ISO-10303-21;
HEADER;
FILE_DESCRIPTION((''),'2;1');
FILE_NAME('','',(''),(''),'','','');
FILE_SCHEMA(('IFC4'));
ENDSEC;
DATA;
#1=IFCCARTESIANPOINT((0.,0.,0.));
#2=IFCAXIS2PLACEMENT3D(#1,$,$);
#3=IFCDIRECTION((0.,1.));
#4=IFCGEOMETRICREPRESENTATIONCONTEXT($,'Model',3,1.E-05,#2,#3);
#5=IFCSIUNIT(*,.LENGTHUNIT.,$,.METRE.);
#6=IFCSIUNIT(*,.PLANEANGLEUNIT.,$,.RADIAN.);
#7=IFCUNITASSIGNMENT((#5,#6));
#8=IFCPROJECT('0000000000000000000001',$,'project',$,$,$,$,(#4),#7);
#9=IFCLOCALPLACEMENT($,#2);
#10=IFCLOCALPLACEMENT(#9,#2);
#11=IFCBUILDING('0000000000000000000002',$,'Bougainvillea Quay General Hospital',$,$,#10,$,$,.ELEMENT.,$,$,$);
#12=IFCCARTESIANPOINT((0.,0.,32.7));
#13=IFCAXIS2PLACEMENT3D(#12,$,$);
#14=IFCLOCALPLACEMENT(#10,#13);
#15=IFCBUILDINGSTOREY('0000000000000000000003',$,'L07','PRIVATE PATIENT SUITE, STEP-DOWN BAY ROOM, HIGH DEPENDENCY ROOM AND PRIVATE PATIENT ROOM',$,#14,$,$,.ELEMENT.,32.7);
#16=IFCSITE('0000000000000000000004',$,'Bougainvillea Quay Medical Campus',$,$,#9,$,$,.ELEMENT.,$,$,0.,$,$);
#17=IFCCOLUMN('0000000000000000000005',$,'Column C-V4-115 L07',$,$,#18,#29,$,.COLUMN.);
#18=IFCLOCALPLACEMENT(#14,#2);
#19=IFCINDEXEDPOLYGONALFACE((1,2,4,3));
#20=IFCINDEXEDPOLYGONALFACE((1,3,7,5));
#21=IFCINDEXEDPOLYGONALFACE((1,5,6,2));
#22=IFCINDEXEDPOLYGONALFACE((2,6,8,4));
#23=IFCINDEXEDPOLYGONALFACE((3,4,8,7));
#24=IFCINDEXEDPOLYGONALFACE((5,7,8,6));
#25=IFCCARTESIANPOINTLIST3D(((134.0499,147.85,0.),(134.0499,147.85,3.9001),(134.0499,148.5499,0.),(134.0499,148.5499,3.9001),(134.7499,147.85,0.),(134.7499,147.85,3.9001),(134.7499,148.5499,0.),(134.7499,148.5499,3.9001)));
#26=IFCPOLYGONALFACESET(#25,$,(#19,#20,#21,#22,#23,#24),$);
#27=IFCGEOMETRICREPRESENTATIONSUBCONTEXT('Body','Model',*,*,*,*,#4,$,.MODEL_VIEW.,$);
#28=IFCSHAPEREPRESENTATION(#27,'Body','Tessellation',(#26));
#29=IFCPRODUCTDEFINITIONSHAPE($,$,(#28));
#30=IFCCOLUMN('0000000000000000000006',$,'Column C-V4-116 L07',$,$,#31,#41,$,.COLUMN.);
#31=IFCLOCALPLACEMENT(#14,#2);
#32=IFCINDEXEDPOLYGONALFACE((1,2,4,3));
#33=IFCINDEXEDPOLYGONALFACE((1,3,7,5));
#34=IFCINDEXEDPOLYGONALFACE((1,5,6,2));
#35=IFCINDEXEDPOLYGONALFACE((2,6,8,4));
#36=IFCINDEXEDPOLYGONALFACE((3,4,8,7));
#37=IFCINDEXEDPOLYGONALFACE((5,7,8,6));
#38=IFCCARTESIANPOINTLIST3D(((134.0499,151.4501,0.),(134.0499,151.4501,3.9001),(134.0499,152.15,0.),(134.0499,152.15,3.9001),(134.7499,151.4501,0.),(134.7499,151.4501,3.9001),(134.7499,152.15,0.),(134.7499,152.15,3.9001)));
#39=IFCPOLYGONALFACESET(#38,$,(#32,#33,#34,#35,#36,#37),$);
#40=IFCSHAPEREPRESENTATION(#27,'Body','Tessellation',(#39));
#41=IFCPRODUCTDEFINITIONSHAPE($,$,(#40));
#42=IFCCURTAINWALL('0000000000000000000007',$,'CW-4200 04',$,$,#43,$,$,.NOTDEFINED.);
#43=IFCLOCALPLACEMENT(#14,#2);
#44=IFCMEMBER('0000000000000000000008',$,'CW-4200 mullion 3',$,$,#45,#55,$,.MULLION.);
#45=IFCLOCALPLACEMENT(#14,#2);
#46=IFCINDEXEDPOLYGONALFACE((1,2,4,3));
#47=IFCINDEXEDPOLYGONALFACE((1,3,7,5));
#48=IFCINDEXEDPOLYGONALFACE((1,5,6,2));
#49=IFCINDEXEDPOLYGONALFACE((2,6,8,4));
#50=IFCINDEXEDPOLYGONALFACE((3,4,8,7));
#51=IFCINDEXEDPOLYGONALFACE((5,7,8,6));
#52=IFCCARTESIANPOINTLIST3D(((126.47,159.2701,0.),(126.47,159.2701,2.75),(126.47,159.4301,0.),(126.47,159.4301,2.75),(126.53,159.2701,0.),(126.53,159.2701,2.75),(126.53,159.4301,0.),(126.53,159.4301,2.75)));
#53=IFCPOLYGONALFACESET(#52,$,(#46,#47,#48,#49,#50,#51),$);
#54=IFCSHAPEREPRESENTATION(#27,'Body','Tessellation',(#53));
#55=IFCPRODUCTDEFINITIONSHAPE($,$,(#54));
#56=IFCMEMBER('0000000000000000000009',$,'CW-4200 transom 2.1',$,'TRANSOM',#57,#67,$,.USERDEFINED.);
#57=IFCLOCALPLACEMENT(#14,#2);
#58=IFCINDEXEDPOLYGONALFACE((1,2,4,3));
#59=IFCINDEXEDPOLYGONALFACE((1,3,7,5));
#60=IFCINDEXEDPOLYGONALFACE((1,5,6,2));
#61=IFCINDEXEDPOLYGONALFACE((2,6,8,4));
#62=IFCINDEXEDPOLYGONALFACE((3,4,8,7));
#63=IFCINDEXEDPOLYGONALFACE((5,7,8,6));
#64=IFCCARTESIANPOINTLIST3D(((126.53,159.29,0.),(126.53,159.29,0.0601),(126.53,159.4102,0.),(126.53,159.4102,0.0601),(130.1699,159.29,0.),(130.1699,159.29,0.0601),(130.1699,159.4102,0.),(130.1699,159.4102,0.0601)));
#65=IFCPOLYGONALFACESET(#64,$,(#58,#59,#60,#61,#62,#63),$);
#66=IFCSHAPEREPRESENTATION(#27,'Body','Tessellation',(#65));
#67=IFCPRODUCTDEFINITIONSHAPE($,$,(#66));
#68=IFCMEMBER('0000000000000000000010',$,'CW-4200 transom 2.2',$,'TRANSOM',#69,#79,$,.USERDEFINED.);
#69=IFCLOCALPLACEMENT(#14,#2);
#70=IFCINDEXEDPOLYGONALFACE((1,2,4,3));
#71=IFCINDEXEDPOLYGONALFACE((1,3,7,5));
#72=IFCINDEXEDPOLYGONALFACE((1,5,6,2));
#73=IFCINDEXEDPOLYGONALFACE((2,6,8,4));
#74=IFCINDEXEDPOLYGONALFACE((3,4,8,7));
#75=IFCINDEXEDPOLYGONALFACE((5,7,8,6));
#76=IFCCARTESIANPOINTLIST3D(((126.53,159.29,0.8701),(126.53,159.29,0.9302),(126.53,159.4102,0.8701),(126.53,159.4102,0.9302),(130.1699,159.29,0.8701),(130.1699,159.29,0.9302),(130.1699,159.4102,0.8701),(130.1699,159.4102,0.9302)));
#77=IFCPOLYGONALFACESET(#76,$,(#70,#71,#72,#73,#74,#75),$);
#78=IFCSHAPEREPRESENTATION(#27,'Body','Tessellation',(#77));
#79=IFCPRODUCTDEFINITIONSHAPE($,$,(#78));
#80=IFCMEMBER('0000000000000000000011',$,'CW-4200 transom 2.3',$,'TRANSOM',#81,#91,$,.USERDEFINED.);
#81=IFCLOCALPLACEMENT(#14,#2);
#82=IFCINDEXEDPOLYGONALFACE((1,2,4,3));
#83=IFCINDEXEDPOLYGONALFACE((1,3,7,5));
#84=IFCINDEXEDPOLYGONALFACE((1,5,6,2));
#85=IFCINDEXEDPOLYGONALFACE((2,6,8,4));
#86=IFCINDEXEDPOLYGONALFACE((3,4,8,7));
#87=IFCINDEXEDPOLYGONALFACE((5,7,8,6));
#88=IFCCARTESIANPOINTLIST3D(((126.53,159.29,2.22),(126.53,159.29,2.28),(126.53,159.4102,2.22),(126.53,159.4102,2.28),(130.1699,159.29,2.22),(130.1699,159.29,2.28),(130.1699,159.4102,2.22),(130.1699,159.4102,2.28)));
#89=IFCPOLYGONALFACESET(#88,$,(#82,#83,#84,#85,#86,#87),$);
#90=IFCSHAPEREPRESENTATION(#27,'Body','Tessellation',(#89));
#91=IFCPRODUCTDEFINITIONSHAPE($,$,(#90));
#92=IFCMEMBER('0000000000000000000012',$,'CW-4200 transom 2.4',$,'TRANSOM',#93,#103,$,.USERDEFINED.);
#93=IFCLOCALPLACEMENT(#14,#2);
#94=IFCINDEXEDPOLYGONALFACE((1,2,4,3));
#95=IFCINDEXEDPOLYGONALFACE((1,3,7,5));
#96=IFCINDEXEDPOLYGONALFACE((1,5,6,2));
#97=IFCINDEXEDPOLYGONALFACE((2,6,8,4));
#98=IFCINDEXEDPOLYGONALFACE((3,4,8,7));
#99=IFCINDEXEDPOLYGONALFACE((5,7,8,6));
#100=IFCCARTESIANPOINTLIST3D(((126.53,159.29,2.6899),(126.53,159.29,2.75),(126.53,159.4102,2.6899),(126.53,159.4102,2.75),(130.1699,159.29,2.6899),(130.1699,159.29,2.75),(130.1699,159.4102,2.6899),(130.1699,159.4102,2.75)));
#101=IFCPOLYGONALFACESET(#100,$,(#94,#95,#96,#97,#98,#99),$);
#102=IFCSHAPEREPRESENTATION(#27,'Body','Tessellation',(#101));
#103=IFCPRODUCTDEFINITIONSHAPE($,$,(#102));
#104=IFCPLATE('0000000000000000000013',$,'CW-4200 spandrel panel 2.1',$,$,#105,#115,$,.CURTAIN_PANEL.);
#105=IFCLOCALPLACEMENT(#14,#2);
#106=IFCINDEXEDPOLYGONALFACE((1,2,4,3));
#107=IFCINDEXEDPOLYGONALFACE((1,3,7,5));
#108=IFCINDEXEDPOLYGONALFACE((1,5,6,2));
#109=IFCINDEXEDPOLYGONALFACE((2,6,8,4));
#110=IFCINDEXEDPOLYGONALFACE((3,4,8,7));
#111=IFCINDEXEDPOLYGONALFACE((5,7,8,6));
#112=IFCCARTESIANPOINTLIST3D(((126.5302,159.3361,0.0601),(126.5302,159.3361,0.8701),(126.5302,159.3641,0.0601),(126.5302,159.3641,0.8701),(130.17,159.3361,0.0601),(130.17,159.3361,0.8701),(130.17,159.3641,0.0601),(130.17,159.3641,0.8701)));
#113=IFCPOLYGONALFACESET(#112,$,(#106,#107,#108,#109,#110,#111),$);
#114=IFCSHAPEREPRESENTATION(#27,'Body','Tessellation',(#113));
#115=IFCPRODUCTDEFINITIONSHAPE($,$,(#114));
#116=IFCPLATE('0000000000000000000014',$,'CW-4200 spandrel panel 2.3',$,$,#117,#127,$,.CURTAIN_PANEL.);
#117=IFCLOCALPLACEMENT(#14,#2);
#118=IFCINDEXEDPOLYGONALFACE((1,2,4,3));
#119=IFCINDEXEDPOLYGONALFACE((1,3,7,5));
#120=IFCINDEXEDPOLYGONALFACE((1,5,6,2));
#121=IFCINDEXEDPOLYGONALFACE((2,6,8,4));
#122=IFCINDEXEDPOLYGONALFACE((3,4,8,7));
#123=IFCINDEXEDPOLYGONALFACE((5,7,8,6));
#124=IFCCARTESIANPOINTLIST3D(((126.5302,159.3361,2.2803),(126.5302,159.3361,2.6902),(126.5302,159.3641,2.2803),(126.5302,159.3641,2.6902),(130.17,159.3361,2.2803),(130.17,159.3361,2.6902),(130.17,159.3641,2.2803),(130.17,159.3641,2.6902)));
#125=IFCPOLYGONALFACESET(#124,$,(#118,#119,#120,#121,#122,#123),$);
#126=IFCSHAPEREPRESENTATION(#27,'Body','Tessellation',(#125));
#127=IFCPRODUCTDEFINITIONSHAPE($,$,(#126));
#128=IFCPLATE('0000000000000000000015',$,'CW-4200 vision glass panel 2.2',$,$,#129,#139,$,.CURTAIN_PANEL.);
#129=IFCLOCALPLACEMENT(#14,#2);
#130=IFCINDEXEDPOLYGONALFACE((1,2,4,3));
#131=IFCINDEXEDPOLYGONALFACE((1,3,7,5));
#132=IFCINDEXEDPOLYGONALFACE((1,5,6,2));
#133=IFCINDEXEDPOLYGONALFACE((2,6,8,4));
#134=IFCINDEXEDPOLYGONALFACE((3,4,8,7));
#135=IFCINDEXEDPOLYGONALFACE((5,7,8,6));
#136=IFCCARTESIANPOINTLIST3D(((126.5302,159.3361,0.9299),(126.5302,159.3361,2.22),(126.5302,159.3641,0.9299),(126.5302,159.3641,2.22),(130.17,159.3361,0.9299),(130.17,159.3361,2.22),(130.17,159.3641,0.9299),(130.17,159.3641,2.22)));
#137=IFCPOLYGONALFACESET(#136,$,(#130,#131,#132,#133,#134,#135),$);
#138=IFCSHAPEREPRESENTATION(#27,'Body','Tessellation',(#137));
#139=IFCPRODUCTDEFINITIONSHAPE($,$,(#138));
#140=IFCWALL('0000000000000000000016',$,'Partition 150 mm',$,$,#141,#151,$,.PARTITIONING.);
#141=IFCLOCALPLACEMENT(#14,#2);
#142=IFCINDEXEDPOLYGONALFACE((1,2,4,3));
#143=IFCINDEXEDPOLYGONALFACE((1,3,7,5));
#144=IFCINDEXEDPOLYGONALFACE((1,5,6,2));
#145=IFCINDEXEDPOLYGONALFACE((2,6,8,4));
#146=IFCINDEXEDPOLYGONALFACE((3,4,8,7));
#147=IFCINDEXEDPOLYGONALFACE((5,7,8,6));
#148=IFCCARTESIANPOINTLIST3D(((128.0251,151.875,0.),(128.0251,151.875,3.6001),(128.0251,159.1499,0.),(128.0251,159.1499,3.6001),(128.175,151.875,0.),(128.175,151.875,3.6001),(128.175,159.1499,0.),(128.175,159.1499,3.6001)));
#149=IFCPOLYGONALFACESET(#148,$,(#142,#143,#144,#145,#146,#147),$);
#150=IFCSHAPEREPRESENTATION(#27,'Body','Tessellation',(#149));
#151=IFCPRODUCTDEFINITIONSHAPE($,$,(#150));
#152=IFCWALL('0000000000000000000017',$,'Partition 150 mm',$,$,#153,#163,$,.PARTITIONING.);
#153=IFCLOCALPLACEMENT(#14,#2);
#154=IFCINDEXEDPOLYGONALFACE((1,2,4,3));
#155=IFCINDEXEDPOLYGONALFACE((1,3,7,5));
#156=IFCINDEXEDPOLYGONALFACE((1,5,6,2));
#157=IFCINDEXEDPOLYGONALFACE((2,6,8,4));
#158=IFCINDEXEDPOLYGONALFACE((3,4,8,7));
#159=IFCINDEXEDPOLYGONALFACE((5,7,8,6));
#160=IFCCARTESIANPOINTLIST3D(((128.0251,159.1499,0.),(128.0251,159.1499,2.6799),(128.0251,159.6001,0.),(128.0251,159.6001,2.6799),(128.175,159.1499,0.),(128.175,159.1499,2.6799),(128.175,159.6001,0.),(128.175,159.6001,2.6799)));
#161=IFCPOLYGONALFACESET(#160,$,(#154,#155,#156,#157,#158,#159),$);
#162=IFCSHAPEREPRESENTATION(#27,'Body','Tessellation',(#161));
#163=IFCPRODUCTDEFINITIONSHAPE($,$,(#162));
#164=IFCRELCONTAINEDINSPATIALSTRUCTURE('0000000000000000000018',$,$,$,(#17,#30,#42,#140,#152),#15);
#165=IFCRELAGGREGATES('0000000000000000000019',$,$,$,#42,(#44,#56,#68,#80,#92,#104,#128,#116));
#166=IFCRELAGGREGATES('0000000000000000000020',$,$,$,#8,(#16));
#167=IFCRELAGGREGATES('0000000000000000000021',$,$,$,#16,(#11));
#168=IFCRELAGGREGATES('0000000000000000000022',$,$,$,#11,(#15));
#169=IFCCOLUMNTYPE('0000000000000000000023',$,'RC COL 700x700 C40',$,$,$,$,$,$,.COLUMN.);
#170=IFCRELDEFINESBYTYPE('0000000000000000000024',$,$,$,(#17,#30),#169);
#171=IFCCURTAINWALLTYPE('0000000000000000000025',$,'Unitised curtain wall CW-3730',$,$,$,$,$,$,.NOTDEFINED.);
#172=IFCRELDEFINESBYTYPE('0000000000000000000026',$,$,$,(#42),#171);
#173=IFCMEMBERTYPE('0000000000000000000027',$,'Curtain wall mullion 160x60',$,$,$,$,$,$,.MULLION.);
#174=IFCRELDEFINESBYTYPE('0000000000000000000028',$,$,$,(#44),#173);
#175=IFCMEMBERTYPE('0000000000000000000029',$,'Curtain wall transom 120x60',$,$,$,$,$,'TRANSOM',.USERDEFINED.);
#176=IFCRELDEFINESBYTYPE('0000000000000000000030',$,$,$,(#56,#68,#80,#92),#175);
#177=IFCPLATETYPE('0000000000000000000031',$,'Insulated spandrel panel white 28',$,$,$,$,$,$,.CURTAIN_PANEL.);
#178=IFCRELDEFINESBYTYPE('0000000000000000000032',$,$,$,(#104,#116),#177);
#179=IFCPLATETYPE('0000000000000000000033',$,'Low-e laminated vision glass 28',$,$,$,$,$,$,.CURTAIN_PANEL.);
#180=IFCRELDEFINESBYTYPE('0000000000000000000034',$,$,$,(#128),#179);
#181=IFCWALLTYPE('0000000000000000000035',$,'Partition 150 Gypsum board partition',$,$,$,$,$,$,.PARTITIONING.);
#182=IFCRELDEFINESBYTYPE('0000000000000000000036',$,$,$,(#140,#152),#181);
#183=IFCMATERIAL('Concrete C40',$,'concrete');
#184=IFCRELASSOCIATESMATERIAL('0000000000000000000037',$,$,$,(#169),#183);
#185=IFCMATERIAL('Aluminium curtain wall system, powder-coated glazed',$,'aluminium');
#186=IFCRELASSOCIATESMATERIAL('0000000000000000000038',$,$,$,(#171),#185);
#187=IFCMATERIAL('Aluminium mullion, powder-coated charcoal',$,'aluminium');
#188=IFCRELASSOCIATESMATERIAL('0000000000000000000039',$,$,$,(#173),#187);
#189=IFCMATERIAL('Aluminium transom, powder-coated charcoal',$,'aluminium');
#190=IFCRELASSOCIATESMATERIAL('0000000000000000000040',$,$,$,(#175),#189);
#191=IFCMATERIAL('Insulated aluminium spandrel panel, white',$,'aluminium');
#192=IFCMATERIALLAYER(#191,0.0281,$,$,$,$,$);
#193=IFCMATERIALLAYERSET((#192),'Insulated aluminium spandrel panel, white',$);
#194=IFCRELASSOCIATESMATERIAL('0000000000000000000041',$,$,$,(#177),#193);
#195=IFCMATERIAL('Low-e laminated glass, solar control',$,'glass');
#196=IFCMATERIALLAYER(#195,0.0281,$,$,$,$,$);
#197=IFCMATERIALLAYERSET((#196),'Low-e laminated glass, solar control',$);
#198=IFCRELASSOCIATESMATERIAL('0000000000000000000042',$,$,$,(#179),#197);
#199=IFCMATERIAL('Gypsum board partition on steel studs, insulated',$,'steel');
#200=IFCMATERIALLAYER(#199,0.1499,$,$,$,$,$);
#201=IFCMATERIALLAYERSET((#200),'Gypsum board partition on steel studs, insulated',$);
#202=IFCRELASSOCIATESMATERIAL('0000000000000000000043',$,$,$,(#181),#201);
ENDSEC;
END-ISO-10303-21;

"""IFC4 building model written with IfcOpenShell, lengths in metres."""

from ifc_helpers import new_model, si_unit, direction, frame, frame_2d, origin, origin_2d, place, context, subcontext, project, spatial, rectangle, extrude, material, layer, layer_set, material_profile, profile_set, type_object, element, aggregate, save


model = new_model("IFC4")

# Units and contexts
model_context = context("Model", 3, precision=1e-05, world=origin(), true_north=direction((0.0, 1.0)))
body_context = subcontext(model_context, "Body", "Model", "MODEL_VIEW")
ifc_project = project(units=[si_unit("LENGTHUNIT", "METRE"), si_unit("PLANEANGLEUNIT", "RADIAN")], contexts=[model_context])

# Site, building, storey
site_placement = place(None, origin())
site = spatial("IfcSite", under=ifc_project, at=site_placement, Name="Bougainvillea Quay Medical Campus", CompositionType="ELEMENT", RefElevation=0.0)
building_placement = place(site_placement, origin())
building = spatial("IfcBuilding", under=site, at=building_placement, Name="Bougainvillea Quay General Hospital", CompositionType="ELEMENT")
storey_placement = place(building_placement, frame((0.0, 0.0, 32.7)))
storey = spatial("IfcBuildingStorey", under=building, at=storey_placement, Name="L07", Description="PRIVATE PATIENT SUITE, STEP-DOWN BAY ROOM, HIGH DEPENDENCY ROOM AND PRIVATE PATIENT ROOM", CompositionType="ELEMENT", Elevation=32.7)

# Columns
ifc_material_1 = material(Name="Concrete C40", Category="concrete")
ifc_material_profile_1 = material_profile(ifc_material_1, rectangle(XDim=0.7, YDim=0.7, at=origin_2d()))
ifc_profile_set_1 = profile_set([ifc_material_profile_1], Name="Concrete C40")
column_type = type_object("IfcColumnType", Name="RC COL 700x700 C40", PredefinedType="COLUMN", material=ifc_profile_set_1)
for number, where, z_axis, x_axis, name in (
    (1, (134.3999, 148.2, 0.0), (0.0, 0.0, 1.0), (1.0, 0.0, 0.0), "Column C-V4-115 L07"),
    (2, (134.3999, 151.8, 0.0), (0.0, 0.0, 1.0), (1.0, 0.0, 0.0), "Column C-V4-116 L07"),
):
    element("IfcColumn", number, at=place(storey_placement, frame(where, z_axis=z_axis, x_axis=x_axis)), inside=storey, type_object=column_type, Name=name, PredefinedType="COLUMN", context=body_context, shape_type="SweptSolid", body=[
        extrude(rectangle(XDim=0.7, YDim=0.7, at=origin_2d()), origin(), (0.0, 0.0, 1.0), 3.9001),
    ])

# Curtain wall, members, plates
ifc_material_2 = material(Name="Aluminium curtain wall system, powder-coated glazed", Category="aluminium")
curtain_wall_type = type_object("IfcCurtainWallType", Name="Unitised curtain wall CW-3730", PredefinedType="NOTDEFINED", material=ifc_material_2)
curtain_wall_placement = place(storey_placement, origin())
curtain_wall = element("IfcCurtainWall", 3, at=curtain_wall_placement, inside=storey, type_object=curtain_wall_type, Name="CW-4200 04", PredefinedType="NOTDEFINED")
ifc_material_3 = material(Name="Aluminium mullion, powder-coated charcoal", Category="aluminium")
ifc_material_profile_2 = material_profile(ifc_material_3, rectangle(XDim=0.1599, YDim=0.0601, at=origin_2d()))
ifc_profile_set_2 = profile_set([ifc_material_profile_2], Name="Aluminium mullion, powder-coated charcoal")
member_type_1 = type_object("IfcMemberType", Name="Curtain wall mullion 160x60", PredefinedType="MULLION", material=ifc_profile_set_2)
member_1_placement = place(storey_placement, frame((126.5, 159.3501, 0.0), z_axis=(0.0, 0.0, 1.0), x_axis=(0.0, -1.0, 0.0)))
member_1 = element("IfcMember", 4, at=member_1_placement, type_object=member_type_1, Name="CW-4200 mullion 3", PredefinedType="MULLION", context=body_context, shape_type="SweptSolid", body=[
    extrude(rectangle(XDim=0.1599, YDim=0.0601, at=origin_2d()), origin(), (0.0, 0.0, 1.0), 2.75),
])
ifc_material_4 = material(Name="Aluminium transom, powder-coated charcoal", Category="aluminium")
ifc_material_profile_3 = material_profile(ifc_material_4, rectangle(XDim=0.1201, YDim=0.0601, at=origin_2d()))
ifc_profile_set_3 = profile_set([ifc_material_profile_3], Name="Aluminium transom, powder-coated charcoal")
member_type_2 = type_object("IfcMemberType", Name="Curtain wall transom 120x60", ElementType="TRANSOM", PredefinedType="USERDEFINED", material=ifc_profile_set_3)
member_2_placement = place(storey_placement, frame((130.1699, 159.3501, 0.03), z_axis=(-1.0, 0.0, 0.0), x_axis=(0.0, -1.0, 0.0)))
member_2 = element("IfcMember", 5, at=member_2_placement, type_object=member_type_2, Name="CW-4200 transom 2.1", ObjectType="TRANSOM", PredefinedType="USERDEFINED", context=body_context, shape_type="SweptSolid", body=[
    extrude(rectangle(XDim=0.1201, YDim=0.0601, at=origin_2d()), origin(), (0.0, 0.0, 1.0), 3.6399),
])
member_3_placement = place(storey_placement, frame((130.1699, 159.3501, 0.9001), z_axis=(-1.0, 0.0, 0.0), x_axis=(0.0, -1.0, 0.0)))
member_3 = element("IfcMember", 6, at=member_3_placement, type_object=member_type_2, Name="CW-4200 transom 2.2", ObjectType="TRANSOM", PredefinedType="USERDEFINED", context=body_context, shape_type="SweptSolid", body=[
    extrude(rectangle(XDim=0.1201, YDim=0.0601, at=origin_2d()), origin(), (0.0, 0.0, 1.0), 3.6399),
])
member_4_placement = place(storey_placement, frame((130.1699, 159.3501, 2.25), z_axis=(-1.0, 0.0, 0.0), x_axis=(0.0, -1.0, 0.0)))
member_4 = element("IfcMember", 7, at=member_4_placement, type_object=member_type_2, Name="CW-4200 transom 2.3", ObjectType="TRANSOM", PredefinedType="USERDEFINED", context=body_context, shape_type="SweptSolid", body=[
    extrude(rectangle(XDim=0.1201, YDim=0.0601, at=origin_2d()), origin(), (0.0, 0.0, 1.0), 3.6399),
])
member_5_placement = place(storey_placement, frame((130.1699, 159.3501, 2.72), z_axis=(-1.0, 0.0, 0.0), x_axis=(0.0, -1.0, 0.0)))
member_5 = element("IfcMember", 8, at=member_5_placement, type_object=member_type_2, Name="CW-4200 transom 2.4", ObjectType="TRANSOM", PredefinedType="USERDEFINED", context=body_context, shape_type="SweptSolid", body=[
    extrude(rectangle(XDim=0.1201, YDim=0.0601, at=origin_2d()), origin(), (0.0, 0.0, 1.0), 3.6399),
])
ifc_material_5 = material(Name="Insulated aluminium spandrel panel, white", Category="aluminium")
ifc_layer_1 = layer(ifc_material_5, 0.0281)
ifc_layer_set_1 = layer_set([ifc_layer_1], Name="Insulated aluminium spandrel panel, white")
plate_type_1 = type_object("IfcPlateType", Name="Insulated spandrel panel white 28", PredefinedType="CURTAIN_PANEL", material=ifc_layer_set_1)
plate_1_placement = place(storey_placement, frame((128.3501, 159.3501, 0.0601), z_axis=(0.0, 0.0, 1.0), x_axis=(-1.0, 0.0, 0.0)))
plate_1 = element("IfcPlate", 9, at=plate_1_placement, type_object=plate_type_1, Name="CW-4200 spandrel panel 2.1", PredefinedType="CURTAIN_PANEL", context=body_context, shape_type="SweptSolid", body=[
    extrude(rectangle(XDim=3.6399, YDim=0.0281, at=origin_2d()), origin(), (0.0, 0.0, 1.0), 0.8101),
])
plate_2_placement = place(storey_placement, frame((128.3501, 159.3501, 2.2803), z_axis=(0.0, 0.0, 1.0), x_axis=(-1.0, 0.0, 0.0)))
plate_2 = element("IfcPlate", 10, at=plate_2_placement, type_object=plate_type_1, Name="CW-4200 spandrel panel 2.3", PredefinedType="CURTAIN_PANEL", context=body_context, shape_type="SweptSolid", body=[
    extrude(rectangle(XDim=3.6399, YDim=0.0281, at=origin_2d()), origin(), (0.0, 0.0, 1.0), 0.4099),
])
ifc_material_6 = material(Name="Low-e laminated glass, solar control", Category="glass")
ifc_layer_2 = layer(ifc_material_6, 0.0281)
ifc_layer_set_2 = layer_set([ifc_layer_2], Name="Low-e laminated glass, solar control")
plate_type_2 = type_object("IfcPlateType", Name="Low-e laminated vision glass 28", PredefinedType="CURTAIN_PANEL", material=ifc_layer_set_2)
plate_3_placement = place(storey_placement, frame((128.3501, 159.3501, 0.9299), z_axis=(0.0, 0.0, 1.0), x_axis=(-1.0, 0.0, 0.0)))
plate_3 = element("IfcPlate", 11, at=plate_3_placement, type_object=plate_type_2, Name="CW-4200 vision glass panel 2.2", PredefinedType="CURTAIN_PANEL", context=body_context, shape_type="SweptSolid", body=[
    extrude(rectangle(XDim=3.6399, YDim=0.0281, at=origin_2d()), origin(), (0.0, 0.0, 1.0), 1.29),
])
aggregate(curtain_wall, [member_1, member_2, member_3, member_4, member_5, plate_1, plate_3, plate_2])

# Walls
ifc_material_7 = material(Name="Gypsum board partition on steel studs, insulated", Category="steel")
ifc_layer_3 = layer(ifc_material_7, 0.1499)
ifc_layer_set_3 = layer_set([ifc_layer_3], Name="Gypsum board partition on steel studs, insulated")
wall_type_1 = type_object("IfcWallType", Name="Partition 150 Gypsum board partition", PredefinedType="PARTITIONING", material=ifc_layer_set_3)
wall_1_placement = place(storey_placement, frame((128.1001, 151.875, 0.0), z_axis=(0.0, 0.0, 1.0), x_axis=(0.0, 1.0, 0.0)))
element("IfcWall", 12, at=wall_1_placement, inside=storey, type_object=wall_type_1, Name="Partition 150 mm", PredefinedType="PARTITIONING", context=body_context, shape_type="SweptSolid", body=[
    extrude(rectangle(XDim=7.2749, YDim=0.1499, at=frame_2d((3.6375, 0.0))), origin(), (0.0, 0.0, 1.0), 3.6001),
])
wall_2_placement = place(storey_placement, frame((128.1001, 159.1499, 0.0), z_axis=(0.0, 0.0, 1.0), x_axis=(0.0, 1.0, 0.0)))
element("IfcWall", 13, at=wall_2_placement, inside=storey, type_object=wall_type_1, Name="Partition 150 mm", PredefinedType="PARTITIONING", context=body_context, shape_type="SweptSolid", body=[
    extrude(rectangle(XDim=0.4502, YDim=0.1499, at=frame_2d((0.2251, 0.0))), origin(), (0.0, 0.0, 1.0), 2.6799),
])

save(model, "model.ifc")
